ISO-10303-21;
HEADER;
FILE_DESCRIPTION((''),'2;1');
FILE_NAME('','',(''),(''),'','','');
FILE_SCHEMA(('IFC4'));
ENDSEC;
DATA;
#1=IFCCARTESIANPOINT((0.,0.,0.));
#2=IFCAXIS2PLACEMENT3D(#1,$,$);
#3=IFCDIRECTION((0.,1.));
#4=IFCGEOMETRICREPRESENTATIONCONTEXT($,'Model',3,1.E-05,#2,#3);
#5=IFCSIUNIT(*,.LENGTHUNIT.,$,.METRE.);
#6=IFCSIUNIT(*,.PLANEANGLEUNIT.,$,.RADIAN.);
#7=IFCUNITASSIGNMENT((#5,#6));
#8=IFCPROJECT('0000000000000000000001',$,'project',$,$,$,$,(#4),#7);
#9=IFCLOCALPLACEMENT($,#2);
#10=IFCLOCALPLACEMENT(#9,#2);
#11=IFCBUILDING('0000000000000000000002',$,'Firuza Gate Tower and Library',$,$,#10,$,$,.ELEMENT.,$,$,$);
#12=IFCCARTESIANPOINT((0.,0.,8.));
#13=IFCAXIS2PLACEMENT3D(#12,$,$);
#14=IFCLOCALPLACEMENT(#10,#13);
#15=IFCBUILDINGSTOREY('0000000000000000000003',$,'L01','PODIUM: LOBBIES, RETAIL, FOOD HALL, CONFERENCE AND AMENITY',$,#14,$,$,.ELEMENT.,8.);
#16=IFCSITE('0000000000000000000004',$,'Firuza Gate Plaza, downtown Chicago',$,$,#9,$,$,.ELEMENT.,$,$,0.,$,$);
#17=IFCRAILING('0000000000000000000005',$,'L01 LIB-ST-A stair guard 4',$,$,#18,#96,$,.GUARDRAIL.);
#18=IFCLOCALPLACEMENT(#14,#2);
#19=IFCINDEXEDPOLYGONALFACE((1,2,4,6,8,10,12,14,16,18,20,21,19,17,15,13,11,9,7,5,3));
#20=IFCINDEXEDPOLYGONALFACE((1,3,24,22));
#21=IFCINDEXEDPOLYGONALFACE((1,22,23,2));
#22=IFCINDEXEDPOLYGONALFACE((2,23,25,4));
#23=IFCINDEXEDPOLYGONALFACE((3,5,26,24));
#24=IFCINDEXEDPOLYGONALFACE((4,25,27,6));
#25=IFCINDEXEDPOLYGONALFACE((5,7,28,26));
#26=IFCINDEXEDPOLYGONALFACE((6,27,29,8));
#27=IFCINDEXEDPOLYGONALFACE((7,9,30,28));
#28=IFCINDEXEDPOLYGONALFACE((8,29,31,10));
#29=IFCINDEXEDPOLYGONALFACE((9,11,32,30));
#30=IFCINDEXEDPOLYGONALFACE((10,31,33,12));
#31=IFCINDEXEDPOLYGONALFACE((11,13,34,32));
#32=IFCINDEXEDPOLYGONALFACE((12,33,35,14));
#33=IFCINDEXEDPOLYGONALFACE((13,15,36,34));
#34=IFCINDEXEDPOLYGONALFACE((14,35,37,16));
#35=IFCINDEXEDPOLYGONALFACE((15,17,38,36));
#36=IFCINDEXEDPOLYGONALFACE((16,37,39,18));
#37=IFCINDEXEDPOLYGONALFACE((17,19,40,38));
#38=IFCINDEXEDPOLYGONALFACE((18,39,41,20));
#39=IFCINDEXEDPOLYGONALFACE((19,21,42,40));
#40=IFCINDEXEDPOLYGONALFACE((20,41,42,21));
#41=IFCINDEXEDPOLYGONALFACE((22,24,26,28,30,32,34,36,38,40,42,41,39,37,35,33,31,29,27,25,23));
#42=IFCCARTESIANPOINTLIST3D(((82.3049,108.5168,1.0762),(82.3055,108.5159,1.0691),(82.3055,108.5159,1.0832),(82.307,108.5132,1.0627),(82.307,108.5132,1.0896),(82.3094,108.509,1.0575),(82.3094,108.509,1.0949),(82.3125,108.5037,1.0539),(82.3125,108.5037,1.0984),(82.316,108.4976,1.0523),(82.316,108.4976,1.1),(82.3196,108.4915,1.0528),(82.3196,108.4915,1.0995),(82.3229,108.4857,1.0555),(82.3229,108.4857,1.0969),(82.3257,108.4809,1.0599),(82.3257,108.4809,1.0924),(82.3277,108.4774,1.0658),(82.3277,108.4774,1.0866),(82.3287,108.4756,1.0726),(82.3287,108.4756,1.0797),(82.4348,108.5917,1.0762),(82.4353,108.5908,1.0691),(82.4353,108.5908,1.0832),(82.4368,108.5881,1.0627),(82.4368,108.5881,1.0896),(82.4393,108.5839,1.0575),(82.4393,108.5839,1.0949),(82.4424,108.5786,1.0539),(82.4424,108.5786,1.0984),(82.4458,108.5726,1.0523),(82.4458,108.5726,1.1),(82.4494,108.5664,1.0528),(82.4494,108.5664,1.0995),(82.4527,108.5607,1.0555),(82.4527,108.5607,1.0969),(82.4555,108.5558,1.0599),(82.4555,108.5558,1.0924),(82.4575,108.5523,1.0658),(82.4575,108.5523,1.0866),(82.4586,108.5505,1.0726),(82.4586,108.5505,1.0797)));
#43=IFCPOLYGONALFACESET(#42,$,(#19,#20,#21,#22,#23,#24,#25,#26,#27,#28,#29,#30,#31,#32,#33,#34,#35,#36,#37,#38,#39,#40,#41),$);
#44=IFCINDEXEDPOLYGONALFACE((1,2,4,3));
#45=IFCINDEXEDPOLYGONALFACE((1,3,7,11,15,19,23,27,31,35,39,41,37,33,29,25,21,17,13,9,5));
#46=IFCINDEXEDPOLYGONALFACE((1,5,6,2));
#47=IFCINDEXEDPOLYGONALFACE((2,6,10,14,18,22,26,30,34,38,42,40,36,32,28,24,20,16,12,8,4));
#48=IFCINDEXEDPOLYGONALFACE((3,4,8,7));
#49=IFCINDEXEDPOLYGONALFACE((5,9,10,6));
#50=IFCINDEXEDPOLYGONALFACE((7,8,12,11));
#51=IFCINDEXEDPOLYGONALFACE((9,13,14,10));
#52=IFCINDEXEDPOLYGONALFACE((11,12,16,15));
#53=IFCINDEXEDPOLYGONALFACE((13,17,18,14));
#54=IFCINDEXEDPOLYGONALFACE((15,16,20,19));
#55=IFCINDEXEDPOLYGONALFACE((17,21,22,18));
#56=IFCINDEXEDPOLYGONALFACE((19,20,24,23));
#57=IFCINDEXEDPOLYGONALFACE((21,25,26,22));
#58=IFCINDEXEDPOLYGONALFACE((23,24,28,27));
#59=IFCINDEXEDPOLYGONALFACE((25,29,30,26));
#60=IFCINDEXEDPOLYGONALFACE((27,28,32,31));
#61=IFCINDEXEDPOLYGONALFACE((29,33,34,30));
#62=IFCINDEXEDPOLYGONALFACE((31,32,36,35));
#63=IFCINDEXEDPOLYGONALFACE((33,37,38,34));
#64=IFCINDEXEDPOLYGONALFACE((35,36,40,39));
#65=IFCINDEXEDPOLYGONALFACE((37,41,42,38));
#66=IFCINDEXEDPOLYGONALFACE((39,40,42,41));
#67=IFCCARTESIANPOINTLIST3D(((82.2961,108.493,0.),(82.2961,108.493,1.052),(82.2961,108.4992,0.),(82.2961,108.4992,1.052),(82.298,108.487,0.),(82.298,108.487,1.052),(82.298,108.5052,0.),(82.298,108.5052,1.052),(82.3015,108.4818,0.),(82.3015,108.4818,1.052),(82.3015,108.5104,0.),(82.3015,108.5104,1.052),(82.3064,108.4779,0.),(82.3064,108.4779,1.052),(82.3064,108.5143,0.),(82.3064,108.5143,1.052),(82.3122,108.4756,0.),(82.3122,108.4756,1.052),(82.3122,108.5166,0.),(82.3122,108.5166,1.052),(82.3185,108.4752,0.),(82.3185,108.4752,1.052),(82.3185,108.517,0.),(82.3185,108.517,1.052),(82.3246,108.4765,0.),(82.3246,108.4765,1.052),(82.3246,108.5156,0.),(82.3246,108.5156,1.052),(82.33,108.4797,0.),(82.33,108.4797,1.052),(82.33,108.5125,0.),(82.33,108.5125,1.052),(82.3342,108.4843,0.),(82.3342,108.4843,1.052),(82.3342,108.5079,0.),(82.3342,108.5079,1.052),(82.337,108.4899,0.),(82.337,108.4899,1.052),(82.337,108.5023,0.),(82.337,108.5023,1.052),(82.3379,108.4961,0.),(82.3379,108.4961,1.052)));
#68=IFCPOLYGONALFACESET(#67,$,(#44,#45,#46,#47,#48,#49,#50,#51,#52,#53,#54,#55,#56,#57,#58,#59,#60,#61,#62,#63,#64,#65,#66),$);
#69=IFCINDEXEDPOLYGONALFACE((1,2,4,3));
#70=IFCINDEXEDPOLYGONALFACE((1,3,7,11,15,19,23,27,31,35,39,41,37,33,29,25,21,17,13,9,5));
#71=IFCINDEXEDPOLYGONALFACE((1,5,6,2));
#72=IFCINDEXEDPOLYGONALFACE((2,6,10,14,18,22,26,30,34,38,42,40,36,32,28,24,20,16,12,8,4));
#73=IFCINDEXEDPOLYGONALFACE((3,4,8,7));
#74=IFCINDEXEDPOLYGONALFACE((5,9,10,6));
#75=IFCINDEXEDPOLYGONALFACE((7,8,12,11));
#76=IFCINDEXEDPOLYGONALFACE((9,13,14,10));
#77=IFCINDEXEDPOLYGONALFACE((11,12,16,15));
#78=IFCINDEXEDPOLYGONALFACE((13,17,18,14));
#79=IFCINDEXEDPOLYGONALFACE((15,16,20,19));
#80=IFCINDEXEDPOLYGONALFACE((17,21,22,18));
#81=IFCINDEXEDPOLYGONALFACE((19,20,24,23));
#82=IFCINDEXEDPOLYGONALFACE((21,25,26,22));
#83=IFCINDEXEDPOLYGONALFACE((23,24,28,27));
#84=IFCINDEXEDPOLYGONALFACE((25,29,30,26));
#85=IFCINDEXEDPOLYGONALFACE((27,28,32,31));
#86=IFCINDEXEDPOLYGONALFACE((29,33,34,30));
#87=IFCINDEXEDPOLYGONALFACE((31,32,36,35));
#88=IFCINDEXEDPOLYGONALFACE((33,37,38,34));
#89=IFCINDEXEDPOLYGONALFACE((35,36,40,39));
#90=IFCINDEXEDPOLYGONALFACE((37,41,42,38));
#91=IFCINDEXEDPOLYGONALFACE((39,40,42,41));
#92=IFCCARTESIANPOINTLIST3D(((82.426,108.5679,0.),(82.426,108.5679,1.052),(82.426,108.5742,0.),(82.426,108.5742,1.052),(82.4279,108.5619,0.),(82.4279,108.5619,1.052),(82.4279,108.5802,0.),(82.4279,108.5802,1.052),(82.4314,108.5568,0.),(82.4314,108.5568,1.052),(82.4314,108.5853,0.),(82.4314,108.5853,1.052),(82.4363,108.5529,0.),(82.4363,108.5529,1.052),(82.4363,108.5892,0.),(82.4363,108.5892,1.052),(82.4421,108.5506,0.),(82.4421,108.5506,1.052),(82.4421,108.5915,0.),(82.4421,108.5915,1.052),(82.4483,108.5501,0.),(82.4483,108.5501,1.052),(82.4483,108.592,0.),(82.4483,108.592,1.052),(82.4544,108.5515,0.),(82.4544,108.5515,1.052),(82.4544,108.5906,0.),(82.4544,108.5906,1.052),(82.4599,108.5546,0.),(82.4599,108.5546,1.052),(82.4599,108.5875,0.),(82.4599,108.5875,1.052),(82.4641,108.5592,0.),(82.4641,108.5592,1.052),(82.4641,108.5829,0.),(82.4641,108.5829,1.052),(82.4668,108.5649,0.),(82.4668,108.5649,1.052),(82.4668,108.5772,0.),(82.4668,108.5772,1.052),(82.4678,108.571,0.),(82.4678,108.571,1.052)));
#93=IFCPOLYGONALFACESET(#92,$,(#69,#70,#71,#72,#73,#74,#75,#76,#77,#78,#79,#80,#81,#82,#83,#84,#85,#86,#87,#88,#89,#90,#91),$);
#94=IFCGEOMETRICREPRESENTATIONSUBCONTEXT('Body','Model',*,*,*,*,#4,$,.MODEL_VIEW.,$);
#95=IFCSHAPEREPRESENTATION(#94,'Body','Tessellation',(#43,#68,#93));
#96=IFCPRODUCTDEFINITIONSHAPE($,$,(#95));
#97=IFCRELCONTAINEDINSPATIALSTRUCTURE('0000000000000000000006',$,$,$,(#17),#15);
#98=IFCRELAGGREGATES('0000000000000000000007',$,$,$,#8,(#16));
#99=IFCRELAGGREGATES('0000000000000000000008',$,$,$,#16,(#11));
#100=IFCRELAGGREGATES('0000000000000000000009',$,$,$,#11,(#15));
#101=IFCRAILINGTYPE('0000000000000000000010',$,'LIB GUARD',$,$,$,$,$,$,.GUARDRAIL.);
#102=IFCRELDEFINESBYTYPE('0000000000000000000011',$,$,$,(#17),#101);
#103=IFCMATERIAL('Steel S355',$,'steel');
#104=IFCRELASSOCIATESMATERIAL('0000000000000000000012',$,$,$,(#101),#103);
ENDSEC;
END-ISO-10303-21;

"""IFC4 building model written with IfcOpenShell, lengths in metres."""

from ifc_helpers import new_model, si_unit, direction, frame, origin, origin_2d, place, context, subcontext, project, spatial, circle, extrude, material, type_object, element, save


model = new_model("IFC4")

# Units and contexts
model_context = context("Model", 3, precision=1e-05, world=origin(), true_north=direction((0.0, 1.0)))
body_context = subcontext(model_context, "Body", "Model", "MODEL_VIEW")
ifc_project = project(units=[si_unit("LENGTHUNIT", "METRE"), si_unit("PLANEANGLEUNIT", "RADIAN")], contexts=[model_context])

# Site, building, storey
site_placement = place(None, origin())
site = spatial("IfcSite", under=ifc_project, at=site_placement, Name="Firuza Gate Plaza, downtown Chicago", CompositionType="ELEMENT", RefElevation=0.0)
building_placement = place(site_placement, origin())
building = spatial("IfcBuilding", under=site, at=building_placement, Name="Firuza Gate Tower and Library", CompositionType="ELEMENT")
storey_placement = place(building_placement, frame((0.0, 0.0, 8.0)))
storey = spatial("IfcBuildingStorey", under=building, at=storey_placement, Name="L01", Description="PODIUM: LOBBIES, RETAIL, FOOD HALL, CONFERENCE AND AMENITY", CompositionType="ELEMENT", Elevation=8.0)

# Railing
ifc_material_1 = material(Name="Steel S355", Category="steel")
railing_type_1 = type_object("IfcRailingType", Name="LIB GUARD", PredefinedType="GUARDRAIL", material=ifc_material_1)
railing_1_placement = place(storey_placement, frame((82.3169, 108.4961, 0.0)))
element("IfcRailing", 1, at=railing_1_placement, inside=storey, type_object=railing_type_1, Name="L01 LIB-ST-A stair guard 4", PredefinedType="GUARDRAIL", context=body_context, shape_type="SweptSolid", body=[
    extrude(circle(Radius=0.0239, at=origin_2d()), frame((0.0, 0.0, 1.0762), z_axis=(0.866131, 0.499816, 0.0), x_axis=(-0.499816, 0.866131, 0.0)), (0.0, 0.0, 1.0), 0.1499),
    extrude(circle(Radius=0.021, at=origin_2d()), origin(), (0.0, 0.0, 1.0), 1.052),
    extrude(circle(Radius=0.021, at=origin_2d()), frame((0.1299, 0.075, 0.0)), (0.0, 0.0, 1.0), 1.052),
])

save(model, "model.ifc")
